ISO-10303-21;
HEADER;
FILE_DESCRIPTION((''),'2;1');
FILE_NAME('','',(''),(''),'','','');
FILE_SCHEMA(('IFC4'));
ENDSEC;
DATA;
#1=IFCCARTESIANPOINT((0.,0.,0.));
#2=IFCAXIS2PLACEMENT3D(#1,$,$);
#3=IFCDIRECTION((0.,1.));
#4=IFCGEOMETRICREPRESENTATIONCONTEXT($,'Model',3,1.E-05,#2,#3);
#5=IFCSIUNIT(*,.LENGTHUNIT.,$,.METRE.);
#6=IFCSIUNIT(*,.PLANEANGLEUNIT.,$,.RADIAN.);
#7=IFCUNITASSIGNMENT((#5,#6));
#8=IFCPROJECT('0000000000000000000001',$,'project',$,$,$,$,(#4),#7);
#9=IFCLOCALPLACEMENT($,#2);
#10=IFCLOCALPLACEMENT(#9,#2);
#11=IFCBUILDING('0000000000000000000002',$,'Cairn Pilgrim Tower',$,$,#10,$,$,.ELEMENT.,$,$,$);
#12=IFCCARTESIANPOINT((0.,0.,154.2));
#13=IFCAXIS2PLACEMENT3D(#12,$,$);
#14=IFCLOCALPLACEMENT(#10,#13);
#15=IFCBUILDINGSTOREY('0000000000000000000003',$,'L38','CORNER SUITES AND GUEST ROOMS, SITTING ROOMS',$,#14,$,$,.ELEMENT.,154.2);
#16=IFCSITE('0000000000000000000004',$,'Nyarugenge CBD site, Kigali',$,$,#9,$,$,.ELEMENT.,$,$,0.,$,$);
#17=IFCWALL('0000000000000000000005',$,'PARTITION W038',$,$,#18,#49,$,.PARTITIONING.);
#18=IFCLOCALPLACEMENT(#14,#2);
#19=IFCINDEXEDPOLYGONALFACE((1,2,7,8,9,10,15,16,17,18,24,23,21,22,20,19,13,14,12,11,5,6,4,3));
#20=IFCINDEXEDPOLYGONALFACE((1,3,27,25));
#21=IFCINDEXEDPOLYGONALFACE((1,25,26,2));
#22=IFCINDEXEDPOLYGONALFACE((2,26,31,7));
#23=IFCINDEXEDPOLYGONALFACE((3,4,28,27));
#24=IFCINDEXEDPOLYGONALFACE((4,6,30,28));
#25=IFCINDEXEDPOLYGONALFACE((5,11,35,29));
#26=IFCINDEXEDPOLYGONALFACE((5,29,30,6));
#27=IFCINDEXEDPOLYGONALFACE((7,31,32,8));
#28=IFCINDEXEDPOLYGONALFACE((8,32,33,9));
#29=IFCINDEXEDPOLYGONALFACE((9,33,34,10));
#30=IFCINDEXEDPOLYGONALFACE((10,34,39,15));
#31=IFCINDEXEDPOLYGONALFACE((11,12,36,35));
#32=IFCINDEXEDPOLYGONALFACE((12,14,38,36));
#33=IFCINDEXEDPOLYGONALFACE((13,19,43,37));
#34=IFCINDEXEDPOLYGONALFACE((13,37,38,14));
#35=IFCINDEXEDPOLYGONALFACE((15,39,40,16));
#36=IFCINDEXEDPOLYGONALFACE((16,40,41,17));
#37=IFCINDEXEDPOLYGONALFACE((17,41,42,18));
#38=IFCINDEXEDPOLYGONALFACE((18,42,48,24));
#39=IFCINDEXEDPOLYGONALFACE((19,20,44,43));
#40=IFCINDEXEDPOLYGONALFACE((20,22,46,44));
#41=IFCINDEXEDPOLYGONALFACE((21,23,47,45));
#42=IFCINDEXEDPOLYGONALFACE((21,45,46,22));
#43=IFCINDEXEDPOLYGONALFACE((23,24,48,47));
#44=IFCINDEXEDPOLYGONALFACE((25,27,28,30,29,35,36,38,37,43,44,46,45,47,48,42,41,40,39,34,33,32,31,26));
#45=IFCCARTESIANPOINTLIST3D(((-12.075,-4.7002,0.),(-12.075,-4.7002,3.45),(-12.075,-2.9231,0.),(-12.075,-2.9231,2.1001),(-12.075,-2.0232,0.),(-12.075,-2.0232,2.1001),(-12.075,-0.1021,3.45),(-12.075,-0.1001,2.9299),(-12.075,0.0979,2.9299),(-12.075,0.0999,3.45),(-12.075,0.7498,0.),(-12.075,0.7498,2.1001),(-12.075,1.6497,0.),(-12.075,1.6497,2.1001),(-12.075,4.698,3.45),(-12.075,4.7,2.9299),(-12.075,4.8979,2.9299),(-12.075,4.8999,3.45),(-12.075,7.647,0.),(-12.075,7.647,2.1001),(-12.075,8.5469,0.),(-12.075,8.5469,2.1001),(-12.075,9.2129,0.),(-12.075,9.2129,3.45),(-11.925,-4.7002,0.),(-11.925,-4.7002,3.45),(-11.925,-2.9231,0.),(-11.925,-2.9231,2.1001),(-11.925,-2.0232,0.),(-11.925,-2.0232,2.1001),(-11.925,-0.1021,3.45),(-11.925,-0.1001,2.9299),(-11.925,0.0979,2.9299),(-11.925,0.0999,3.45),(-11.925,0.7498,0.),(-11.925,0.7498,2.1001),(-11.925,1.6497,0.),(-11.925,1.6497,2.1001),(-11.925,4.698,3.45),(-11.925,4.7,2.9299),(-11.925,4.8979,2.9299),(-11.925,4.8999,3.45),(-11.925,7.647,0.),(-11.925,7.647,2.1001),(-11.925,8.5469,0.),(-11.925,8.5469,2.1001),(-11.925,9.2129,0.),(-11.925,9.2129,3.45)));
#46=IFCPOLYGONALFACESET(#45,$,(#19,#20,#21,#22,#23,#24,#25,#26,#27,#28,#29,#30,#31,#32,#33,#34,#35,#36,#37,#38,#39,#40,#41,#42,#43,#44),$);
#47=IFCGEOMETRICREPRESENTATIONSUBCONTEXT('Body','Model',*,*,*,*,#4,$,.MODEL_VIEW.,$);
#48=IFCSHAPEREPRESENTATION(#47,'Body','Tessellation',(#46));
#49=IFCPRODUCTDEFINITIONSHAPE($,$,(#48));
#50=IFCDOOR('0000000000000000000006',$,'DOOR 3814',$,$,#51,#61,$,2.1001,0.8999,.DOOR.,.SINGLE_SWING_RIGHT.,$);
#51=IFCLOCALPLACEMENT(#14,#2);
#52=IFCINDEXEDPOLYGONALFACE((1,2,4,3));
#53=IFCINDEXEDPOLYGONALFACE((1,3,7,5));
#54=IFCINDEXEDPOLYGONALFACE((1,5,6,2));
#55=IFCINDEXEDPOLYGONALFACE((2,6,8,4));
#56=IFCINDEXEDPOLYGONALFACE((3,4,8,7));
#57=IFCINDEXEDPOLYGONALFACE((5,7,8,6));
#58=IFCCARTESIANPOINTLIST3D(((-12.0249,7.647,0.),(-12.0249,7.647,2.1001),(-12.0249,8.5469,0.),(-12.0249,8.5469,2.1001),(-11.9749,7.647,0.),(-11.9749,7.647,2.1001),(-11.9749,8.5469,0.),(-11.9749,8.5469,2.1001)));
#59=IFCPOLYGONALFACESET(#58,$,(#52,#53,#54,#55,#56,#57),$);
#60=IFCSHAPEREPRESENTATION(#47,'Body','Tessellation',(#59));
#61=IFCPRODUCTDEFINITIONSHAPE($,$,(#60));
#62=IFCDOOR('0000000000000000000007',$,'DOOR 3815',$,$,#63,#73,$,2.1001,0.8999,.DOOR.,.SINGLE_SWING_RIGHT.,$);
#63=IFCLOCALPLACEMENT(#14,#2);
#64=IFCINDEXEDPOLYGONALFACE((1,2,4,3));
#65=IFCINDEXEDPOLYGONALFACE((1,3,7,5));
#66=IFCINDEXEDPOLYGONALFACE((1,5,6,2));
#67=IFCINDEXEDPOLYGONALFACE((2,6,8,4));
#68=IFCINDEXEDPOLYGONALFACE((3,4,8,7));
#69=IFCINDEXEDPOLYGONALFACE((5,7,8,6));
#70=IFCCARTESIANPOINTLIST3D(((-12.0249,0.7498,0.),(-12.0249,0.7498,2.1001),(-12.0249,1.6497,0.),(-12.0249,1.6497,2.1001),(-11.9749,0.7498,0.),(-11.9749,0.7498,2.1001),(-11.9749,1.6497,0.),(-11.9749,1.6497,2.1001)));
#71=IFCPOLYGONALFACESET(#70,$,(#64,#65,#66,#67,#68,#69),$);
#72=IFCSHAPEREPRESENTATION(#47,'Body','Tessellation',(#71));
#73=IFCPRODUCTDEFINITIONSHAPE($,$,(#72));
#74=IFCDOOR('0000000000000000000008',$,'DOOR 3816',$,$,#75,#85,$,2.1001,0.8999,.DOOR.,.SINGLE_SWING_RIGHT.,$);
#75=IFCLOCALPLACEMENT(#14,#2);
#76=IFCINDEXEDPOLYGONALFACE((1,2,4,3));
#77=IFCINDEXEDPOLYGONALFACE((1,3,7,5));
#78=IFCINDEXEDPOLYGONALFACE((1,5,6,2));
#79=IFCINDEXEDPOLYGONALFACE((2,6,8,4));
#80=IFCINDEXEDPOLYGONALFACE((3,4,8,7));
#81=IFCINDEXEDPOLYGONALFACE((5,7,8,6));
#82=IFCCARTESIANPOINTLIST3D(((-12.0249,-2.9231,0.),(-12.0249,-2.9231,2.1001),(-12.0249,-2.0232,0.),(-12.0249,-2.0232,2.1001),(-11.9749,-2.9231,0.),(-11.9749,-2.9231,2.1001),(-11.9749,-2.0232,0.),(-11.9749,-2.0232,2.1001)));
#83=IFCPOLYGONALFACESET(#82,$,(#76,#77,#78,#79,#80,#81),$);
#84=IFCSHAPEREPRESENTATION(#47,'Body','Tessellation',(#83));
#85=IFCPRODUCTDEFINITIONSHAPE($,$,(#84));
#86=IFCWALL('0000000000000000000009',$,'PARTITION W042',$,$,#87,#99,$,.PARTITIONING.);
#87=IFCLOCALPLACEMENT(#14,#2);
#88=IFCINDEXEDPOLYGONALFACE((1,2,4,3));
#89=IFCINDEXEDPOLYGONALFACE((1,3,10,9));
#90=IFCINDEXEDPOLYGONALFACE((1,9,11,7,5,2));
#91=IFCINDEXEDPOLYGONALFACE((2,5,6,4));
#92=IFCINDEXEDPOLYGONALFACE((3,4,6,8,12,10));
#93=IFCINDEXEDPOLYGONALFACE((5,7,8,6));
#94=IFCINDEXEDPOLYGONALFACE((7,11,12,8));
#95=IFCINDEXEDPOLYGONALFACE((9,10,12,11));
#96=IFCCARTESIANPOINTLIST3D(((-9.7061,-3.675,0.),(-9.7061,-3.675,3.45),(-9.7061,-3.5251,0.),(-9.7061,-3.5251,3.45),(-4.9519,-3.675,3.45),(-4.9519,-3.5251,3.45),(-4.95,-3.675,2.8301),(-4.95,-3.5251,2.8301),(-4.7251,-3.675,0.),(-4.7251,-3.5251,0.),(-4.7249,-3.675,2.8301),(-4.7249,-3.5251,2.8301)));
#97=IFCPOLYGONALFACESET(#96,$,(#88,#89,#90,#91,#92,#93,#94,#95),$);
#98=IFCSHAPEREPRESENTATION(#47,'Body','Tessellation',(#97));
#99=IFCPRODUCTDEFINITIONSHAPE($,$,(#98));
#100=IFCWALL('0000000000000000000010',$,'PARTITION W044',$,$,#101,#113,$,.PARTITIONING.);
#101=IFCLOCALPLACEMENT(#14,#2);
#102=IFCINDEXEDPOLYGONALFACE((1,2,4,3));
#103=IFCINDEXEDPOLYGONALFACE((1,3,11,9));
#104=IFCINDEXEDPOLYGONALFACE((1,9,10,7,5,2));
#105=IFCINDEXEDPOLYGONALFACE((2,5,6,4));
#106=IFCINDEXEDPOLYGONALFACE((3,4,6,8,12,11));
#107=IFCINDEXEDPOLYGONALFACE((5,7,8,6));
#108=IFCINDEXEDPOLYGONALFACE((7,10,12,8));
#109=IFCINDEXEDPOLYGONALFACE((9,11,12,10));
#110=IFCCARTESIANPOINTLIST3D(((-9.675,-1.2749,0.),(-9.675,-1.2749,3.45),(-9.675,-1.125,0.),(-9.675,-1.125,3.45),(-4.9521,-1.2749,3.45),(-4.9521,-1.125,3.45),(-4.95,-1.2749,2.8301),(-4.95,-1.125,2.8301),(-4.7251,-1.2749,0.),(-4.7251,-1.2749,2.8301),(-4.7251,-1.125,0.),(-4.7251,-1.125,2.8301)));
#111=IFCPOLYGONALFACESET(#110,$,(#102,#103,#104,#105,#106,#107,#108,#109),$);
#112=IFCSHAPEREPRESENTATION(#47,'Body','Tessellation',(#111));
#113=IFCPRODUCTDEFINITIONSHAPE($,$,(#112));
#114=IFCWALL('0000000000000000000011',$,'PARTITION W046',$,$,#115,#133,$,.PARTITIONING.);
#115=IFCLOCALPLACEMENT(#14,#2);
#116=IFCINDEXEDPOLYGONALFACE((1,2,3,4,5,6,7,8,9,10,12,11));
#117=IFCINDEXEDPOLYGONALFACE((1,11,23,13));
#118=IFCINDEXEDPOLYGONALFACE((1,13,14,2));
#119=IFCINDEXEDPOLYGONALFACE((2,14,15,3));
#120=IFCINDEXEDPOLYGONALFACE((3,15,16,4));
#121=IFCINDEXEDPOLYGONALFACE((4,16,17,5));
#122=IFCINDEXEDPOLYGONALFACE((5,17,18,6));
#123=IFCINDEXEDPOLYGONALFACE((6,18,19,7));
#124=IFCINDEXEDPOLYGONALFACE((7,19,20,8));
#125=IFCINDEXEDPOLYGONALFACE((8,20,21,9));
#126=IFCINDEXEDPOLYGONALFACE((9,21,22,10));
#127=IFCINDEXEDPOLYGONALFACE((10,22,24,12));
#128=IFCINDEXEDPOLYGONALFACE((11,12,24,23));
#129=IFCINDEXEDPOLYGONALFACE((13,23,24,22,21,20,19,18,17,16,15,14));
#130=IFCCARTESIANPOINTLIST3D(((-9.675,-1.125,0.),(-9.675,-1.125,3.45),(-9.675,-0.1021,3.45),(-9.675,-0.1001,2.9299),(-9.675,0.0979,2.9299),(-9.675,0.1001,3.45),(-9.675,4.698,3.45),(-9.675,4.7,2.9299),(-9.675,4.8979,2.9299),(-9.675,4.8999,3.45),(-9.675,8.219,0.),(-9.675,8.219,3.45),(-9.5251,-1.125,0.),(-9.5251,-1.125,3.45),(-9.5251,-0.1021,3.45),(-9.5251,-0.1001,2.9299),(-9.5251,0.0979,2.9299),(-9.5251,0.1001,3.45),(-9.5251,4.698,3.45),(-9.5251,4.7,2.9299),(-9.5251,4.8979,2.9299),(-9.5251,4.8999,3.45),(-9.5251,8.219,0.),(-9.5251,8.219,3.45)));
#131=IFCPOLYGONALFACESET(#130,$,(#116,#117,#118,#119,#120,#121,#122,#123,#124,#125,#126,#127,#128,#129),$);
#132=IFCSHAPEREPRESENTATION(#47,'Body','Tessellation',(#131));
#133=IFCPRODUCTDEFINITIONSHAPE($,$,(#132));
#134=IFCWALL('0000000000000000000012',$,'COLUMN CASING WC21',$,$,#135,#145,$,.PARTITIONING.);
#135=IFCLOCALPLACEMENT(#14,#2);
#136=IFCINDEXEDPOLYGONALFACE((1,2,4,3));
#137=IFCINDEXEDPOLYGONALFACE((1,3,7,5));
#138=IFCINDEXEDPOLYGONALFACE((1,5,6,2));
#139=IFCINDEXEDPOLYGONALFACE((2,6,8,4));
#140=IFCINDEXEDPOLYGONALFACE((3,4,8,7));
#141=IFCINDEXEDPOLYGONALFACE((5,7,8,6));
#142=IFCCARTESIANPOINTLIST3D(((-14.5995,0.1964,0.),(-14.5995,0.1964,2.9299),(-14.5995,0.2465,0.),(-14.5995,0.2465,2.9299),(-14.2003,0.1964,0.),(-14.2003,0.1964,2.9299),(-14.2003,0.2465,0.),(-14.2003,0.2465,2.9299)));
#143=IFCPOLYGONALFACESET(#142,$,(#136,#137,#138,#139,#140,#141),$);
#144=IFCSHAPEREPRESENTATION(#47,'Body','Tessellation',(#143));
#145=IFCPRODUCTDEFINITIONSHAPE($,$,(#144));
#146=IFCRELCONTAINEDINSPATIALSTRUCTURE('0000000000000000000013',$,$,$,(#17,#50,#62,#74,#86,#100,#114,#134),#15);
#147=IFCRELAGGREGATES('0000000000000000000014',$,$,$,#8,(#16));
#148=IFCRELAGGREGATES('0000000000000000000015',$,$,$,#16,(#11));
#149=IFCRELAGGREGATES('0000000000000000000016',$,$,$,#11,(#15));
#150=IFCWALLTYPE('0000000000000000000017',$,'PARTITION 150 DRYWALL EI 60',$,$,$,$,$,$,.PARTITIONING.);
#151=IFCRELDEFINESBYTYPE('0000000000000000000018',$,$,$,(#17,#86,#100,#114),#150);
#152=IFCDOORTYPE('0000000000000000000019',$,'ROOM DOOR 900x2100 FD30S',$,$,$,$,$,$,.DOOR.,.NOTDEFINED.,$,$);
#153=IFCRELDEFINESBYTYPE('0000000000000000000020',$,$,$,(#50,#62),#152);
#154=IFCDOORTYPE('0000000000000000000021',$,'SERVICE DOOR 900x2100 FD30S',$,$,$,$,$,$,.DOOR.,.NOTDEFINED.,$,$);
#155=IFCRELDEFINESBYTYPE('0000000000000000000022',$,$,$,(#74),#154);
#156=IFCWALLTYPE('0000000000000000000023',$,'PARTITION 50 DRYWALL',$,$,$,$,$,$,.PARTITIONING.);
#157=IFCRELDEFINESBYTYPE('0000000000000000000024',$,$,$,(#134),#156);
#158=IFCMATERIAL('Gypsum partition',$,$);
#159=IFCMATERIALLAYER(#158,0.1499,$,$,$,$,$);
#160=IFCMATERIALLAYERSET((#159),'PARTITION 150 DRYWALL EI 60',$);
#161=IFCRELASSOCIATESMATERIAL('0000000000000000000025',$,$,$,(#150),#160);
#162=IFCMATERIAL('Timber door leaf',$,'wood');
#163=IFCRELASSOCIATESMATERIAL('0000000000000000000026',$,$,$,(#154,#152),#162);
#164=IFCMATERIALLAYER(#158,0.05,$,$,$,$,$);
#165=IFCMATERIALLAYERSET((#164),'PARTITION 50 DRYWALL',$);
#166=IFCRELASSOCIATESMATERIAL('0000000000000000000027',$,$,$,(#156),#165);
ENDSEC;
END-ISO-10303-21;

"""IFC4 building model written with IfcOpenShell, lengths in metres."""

from ifc_helpers import new_model, si_unit, direction, frame, frame_2d, origin, place, context, subcontext, project, spatial, polyline, rectangle, outline, extrude, material, layer, layer_set, type_object, element, fill, save


model = new_model("IFC4")

# Units and contexts
model_context = context("Model", 3, precision=1e-05, world=origin(), true_north=direction((0.0, 1.0)))
body_context = subcontext(model_context, "Body", "Model", "MODEL_VIEW")
ifc_project = project(units=[si_unit("LENGTHUNIT", "METRE"), si_unit("PLANEANGLEUNIT", "RADIAN")], contexts=[model_context])

# Site, building, storey
site_placement = place(None, origin())
site = spatial("IfcSite", under=ifc_project, at=site_placement, Name="Nyarugenge CBD site, Kigali", CompositionType="ELEMENT", RefElevation=0.0)
building_placement = place(site_placement, origin())
building = spatial("IfcBuilding", under=site, at=building_placement, Name="Cairn Pilgrim Tower", CompositionType="ELEMENT")
storey_placement = place(building_placement, frame((0.0, 0.0, 154.2)))
storey = spatial("IfcBuildingStorey", under=building, at=storey_placement, Name="L38", Description="CORNER SUITES AND GUEST ROOMS, SITTING ROOMS", CompositionType="ELEMENT", Elevation=154.2)

# Shared definitions
ifc_material_1 = material(Name="Gypsum partition")

# Shared definitions
ifc_material_2 = material(Name="Timber door leaf", Category="wood")

# Shared definitions
ifc_layer_1 = layer(ifc_material_1, 0.1499)
ifc_layer_set_1 = layer_set([ifc_layer_1], Name="PARTITION 150 DRYWALL EI 60")
wall_type_1 = type_object("IfcWallType", Name="PARTITION 150 DRYWALL EI 60", PredefinedType="PARTITIONING", material=ifc_layer_set_1)

# Shared definitions
door_type_1 = type_object("IfcDoorType", Name="SERVICE DOOR 900x2100 FD30S", OperationType="NOTDEFINED", PredefinedType="DOOR", material=ifc_material_2)

# Wall, openings, doors
wall_1_placement = place(storey_placement, frame((-12.0, -4.7002, 0.0), z_axis=(0.0, 0.0, 1.0), x_axis=(0.0, 1.0, 0.0)))
wall_1 = element("IfcWall", 1, at=wall_1_placement, inside=storey, type_object=wall_type_1, Name="PARTITION W038", PredefinedType="PARTITIONING", context=body_context, shape_type="SweptSolid", body=[
    extrude(outline(polyline([(0.0, 0.0), (13.9131, 0.0), (13.9131, 3.45), (9.6001, 3.45), (9.5981, 2.9299), (9.4001, 2.9299), (9.3982, 3.45), (4.8, 3.45), (4.7981, 2.9299), (4.6001, 2.9299), (4.5981, 3.45), (0.0, 3.45), (0.0, 0.0)])), frame((0.0, 0.075, 0.0), z_axis=(0.0, -1.0, 0.0), x_axis=(1.0, 0.0, 0.0)), (0.0, 0.0, 1.0), 0.1499),
])
opening_1_placement = place(wall_1_placement, frame((12.3472, 0.0, 0.0)))
opening_1 = element("IfcOpeningElement", 2, at=opening_1_placement, cuts=wall_1, PredefinedType="OPENING", context=body_context, shape_type="SweptSolid", body=[
    extrude(rectangle(XDim=0.8999, YDim=2.1001, at=frame_2d((0.45, 1.05))), frame((0.0, 0.085, 0.0), z_axis=(0.0, -1.0, 0.0), x_axis=(1.0, 0.0, 0.0)), (0.0, 0.0, 1.0), 0.1699),
])
opening_2_placement = place(wall_1_placement, frame((5.45, 0.0, 0.0)))
opening_2 = element("IfcOpeningElement", 3, at=opening_2_placement, cuts=wall_1, PredefinedType="OPENING", context=body_context, shape_type="SweptSolid", body=[
    extrude(rectangle(XDim=0.8999, YDim=2.1001, at=frame_2d((0.45, 1.05))), frame((0.0, 0.085, 0.0), z_axis=(0.0, -1.0, 0.0), x_axis=(1.0, 0.0, 0.0)), (0.0, 0.0, 1.0), 0.1699),
])
opening_3_placement = place(wall_1_placement, frame((1.7771, 0.0, 0.0)))
opening_3 = element("IfcOpeningElement", 4, at=opening_3_placement, cuts=wall_1, PredefinedType="OPENING", context=body_context, shape_type="SweptSolid", body=[
    extrude(rectangle(XDim=0.8999, YDim=2.1001, at=frame_2d((0.45, 1.05))), frame((0.0, 0.085, 0.0), z_axis=(0.0, -1.0, 0.0), x_axis=(1.0, 0.0, 0.0)), (0.0, 0.0, 1.0), 0.1699),
])
door_type_2 = type_object("IfcDoorType", Name="ROOM DOOR 900x2100 FD30S", OperationType="NOTDEFINED", PredefinedType="DOOR", material=ifc_material_2)
door_1_placement = place(opening_1_placement, origin())
door_1 = element("IfcDoor", 5, at=door_1_placement, inside=storey, type_object=door_type_2, Name="DOOR 3814", OperationType="SINGLE_SWING_RIGHT", OverallHeight=2.1001, OverallWidth=0.8999, PredefinedType="DOOR", context=body_context, shape_type="SweptSolid", body=[
    extrude(rectangle(XDim=0.8999, YDim=2.1001, at=frame_2d((0.45, 1.05))), frame((0.0, 0.0249, 0.0), z_axis=(0.0, -1.0, 0.0), x_axis=(1.0, 0.0, 0.0)), (0.0, 0.0, 1.0), 0.05),
])
fill(opening_1, door_1)
door_2_placement = place(opening_2_placement, origin())
door_2 = element("IfcDoor", 6, at=door_2_placement, inside=storey, type_object=door_type_2, Name="DOOR 3815", OperationType="SINGLE_SWING_RIGHT", OverallHeight=2.1001, OverallWidth=0.8999, PredefinedType="DOOR", context=body_context, shape_type="SweptSolid", body=[
    extrude(rectangle(XDim=0.8999, YDim=2.1001, at=frame_2d((0.45, 1.05))), frame((0.0, 0.0249, 0.0), z_axis=(0.0, -1.0, 0.0), x_axis=(1.0, 0.0, 0.0)), (0.0, 0.0, 1.0), 0.05),
])
fill(opening_2, door_2)
door_3_placement = place(opening_3_placement, origin())
door_3 = element("IfcDoor", 7, at=door_3_placement, inside=storey, type_object=door_type_1, Name="DOOR 3816", OperationType="SINGLE_SWING_RIGHT", OverallHeight=2.1001, OverallWidth=0.8999, PredefinedType="DOOR", context=body_context, shape_type="SweptSolid", body=[
    extrude(rectangle(XDim=0.8999, YDim=2.1001, at=frame_2d((0.45, 1.05))), frame((0.0, 0.0249, 0.0), z_axis=(0.0, -1.0, 0.0), x_axis=(1.0, 0.0, 0.0)), (0.0, 0.0, 1.0), 0.05),
])
fill(opening_3, door_3)

# Walls
wall_2_placement = place(storey_placement, frame((-9.7061, -3.6001, 0.0), z_axis=(0.0, 0.0, 1.0), x_axis=(1.0, 0.0, 0.0)))
element("IfcWall", 8, at=wall_2_placement, inside=storey, type_object=wall_type_1, Name="PARTITION W042", PredefinedType="PARTITIONING", context=body_context, shape_type="SweptSolid", body=[
    extrude(outline(polyline([(0.0, 0.0), (4.981, 0.0), (4.9812, 2.8301), (4.7561, 2.8301), (4.7542, 3.45), (0.0, 3.45), (0.0, 0.0)])), frame((0.0, 0.075, 0.0), z_axis=(0.0, -1.0, 0.0), x_axis=(1.0, 0.0, 0.0)), (0.0, 0.0, 1.0), 0.1499),
])
wall_3_placement = place(storey_placement, frame((-9.675, -1.2, 0.0), z_axis=(0.0, 0.0, 1.0), x_axis=(1.0, 0.0, 0.0)))
element("IfcWall", 9, at=wall_3_placement, inside=storey, type_object=wall_type_1, Name="PARTITION W044", PredefinedType="PARTITIONING", context=body_context, shape_type="SweptSolid", body=[
    extrude(outline(polyline([(0.0, 0.0), (4.95, 0.0), (4.95, 2.8301), (4.7251, 2.8301), (4.7229, 3.45), (0.0, 3.45), (0.0, 0.0)])), frame((0.0, 0.075, 0.0), z_axis=(0.0, -1.0, 0.0), x_axis=(1.0, 0.0, 0.0)), (0.0, 0.0, 1.0), 0.1499),
])
wall_4_placement = place(storey_placement, frame((-9.6001, -1.125, 0.0), z_axis=(0.0, 0.0, 1.0), x_axis=(0.0, 1.0, 0.0)))
element("IfcWall", 10, at=wall_4_placement, inside=storey, type_object=wall_type_1, Name="PARTITION W046", PredefinedType="PARTITIONING", context=body_context, shape_type="SweptSolid", body=[
    extrude(outline(polyline([(0.0, 0.0), (9.344, 0.0), (9.344, 3.45), (6.0249, 3.45), (6.0229, 2.9299), (5.825, 2.9299), (5.823, 3.45), (1.2251, 3.45), (1.2229, 2.9299), (1.0249, 2.9299), (1.0229, 3.45), (0.0, 3.45), (0.0, 0.0)])), frame((0.0, 0.075, 0.0), z_axis=(0.0, -1.0, 0.0), x_axis=(1.0, 0.0, 0.0)), (0.0, 0.0, 1.0), 0.1499),
])
ifc_layer_2 = layer(ifc_material_1, 0.05)
ifc_layer_set_2 = layer_set([ifc_layer_2], Name="PARTITION 50 DRYWALL")
wall_type_2 = type_object("IfcWallType", Name="PARTITION 50 DRYWALL", PredefinedType="PARTITIONING", material=ifc_layer_set_2)
wall_5_placement = place(storey_placement, frame((-14.5996, 0.2214, 0.0), z_axis=(0.0, 0.0, 1.0), x_axis=(1.0, 0.0, 0.0)))
element("IfcWall", 11, at=wall_5_placement, inside=storey, type_object=wall_type_2, Name="COLUMN CASING WC21", PredefinedType="PARTITIONING", context=body_context, shape_type="SweptSolid", body=[
    extrude(rectangle(XDim=0.3992, YDim=0.05, at=frame_2d((0.1997, 0.0))), origin(), (0.0, 0.0, 1.0), 2.9299),
])

save(model, "model.ifc")
